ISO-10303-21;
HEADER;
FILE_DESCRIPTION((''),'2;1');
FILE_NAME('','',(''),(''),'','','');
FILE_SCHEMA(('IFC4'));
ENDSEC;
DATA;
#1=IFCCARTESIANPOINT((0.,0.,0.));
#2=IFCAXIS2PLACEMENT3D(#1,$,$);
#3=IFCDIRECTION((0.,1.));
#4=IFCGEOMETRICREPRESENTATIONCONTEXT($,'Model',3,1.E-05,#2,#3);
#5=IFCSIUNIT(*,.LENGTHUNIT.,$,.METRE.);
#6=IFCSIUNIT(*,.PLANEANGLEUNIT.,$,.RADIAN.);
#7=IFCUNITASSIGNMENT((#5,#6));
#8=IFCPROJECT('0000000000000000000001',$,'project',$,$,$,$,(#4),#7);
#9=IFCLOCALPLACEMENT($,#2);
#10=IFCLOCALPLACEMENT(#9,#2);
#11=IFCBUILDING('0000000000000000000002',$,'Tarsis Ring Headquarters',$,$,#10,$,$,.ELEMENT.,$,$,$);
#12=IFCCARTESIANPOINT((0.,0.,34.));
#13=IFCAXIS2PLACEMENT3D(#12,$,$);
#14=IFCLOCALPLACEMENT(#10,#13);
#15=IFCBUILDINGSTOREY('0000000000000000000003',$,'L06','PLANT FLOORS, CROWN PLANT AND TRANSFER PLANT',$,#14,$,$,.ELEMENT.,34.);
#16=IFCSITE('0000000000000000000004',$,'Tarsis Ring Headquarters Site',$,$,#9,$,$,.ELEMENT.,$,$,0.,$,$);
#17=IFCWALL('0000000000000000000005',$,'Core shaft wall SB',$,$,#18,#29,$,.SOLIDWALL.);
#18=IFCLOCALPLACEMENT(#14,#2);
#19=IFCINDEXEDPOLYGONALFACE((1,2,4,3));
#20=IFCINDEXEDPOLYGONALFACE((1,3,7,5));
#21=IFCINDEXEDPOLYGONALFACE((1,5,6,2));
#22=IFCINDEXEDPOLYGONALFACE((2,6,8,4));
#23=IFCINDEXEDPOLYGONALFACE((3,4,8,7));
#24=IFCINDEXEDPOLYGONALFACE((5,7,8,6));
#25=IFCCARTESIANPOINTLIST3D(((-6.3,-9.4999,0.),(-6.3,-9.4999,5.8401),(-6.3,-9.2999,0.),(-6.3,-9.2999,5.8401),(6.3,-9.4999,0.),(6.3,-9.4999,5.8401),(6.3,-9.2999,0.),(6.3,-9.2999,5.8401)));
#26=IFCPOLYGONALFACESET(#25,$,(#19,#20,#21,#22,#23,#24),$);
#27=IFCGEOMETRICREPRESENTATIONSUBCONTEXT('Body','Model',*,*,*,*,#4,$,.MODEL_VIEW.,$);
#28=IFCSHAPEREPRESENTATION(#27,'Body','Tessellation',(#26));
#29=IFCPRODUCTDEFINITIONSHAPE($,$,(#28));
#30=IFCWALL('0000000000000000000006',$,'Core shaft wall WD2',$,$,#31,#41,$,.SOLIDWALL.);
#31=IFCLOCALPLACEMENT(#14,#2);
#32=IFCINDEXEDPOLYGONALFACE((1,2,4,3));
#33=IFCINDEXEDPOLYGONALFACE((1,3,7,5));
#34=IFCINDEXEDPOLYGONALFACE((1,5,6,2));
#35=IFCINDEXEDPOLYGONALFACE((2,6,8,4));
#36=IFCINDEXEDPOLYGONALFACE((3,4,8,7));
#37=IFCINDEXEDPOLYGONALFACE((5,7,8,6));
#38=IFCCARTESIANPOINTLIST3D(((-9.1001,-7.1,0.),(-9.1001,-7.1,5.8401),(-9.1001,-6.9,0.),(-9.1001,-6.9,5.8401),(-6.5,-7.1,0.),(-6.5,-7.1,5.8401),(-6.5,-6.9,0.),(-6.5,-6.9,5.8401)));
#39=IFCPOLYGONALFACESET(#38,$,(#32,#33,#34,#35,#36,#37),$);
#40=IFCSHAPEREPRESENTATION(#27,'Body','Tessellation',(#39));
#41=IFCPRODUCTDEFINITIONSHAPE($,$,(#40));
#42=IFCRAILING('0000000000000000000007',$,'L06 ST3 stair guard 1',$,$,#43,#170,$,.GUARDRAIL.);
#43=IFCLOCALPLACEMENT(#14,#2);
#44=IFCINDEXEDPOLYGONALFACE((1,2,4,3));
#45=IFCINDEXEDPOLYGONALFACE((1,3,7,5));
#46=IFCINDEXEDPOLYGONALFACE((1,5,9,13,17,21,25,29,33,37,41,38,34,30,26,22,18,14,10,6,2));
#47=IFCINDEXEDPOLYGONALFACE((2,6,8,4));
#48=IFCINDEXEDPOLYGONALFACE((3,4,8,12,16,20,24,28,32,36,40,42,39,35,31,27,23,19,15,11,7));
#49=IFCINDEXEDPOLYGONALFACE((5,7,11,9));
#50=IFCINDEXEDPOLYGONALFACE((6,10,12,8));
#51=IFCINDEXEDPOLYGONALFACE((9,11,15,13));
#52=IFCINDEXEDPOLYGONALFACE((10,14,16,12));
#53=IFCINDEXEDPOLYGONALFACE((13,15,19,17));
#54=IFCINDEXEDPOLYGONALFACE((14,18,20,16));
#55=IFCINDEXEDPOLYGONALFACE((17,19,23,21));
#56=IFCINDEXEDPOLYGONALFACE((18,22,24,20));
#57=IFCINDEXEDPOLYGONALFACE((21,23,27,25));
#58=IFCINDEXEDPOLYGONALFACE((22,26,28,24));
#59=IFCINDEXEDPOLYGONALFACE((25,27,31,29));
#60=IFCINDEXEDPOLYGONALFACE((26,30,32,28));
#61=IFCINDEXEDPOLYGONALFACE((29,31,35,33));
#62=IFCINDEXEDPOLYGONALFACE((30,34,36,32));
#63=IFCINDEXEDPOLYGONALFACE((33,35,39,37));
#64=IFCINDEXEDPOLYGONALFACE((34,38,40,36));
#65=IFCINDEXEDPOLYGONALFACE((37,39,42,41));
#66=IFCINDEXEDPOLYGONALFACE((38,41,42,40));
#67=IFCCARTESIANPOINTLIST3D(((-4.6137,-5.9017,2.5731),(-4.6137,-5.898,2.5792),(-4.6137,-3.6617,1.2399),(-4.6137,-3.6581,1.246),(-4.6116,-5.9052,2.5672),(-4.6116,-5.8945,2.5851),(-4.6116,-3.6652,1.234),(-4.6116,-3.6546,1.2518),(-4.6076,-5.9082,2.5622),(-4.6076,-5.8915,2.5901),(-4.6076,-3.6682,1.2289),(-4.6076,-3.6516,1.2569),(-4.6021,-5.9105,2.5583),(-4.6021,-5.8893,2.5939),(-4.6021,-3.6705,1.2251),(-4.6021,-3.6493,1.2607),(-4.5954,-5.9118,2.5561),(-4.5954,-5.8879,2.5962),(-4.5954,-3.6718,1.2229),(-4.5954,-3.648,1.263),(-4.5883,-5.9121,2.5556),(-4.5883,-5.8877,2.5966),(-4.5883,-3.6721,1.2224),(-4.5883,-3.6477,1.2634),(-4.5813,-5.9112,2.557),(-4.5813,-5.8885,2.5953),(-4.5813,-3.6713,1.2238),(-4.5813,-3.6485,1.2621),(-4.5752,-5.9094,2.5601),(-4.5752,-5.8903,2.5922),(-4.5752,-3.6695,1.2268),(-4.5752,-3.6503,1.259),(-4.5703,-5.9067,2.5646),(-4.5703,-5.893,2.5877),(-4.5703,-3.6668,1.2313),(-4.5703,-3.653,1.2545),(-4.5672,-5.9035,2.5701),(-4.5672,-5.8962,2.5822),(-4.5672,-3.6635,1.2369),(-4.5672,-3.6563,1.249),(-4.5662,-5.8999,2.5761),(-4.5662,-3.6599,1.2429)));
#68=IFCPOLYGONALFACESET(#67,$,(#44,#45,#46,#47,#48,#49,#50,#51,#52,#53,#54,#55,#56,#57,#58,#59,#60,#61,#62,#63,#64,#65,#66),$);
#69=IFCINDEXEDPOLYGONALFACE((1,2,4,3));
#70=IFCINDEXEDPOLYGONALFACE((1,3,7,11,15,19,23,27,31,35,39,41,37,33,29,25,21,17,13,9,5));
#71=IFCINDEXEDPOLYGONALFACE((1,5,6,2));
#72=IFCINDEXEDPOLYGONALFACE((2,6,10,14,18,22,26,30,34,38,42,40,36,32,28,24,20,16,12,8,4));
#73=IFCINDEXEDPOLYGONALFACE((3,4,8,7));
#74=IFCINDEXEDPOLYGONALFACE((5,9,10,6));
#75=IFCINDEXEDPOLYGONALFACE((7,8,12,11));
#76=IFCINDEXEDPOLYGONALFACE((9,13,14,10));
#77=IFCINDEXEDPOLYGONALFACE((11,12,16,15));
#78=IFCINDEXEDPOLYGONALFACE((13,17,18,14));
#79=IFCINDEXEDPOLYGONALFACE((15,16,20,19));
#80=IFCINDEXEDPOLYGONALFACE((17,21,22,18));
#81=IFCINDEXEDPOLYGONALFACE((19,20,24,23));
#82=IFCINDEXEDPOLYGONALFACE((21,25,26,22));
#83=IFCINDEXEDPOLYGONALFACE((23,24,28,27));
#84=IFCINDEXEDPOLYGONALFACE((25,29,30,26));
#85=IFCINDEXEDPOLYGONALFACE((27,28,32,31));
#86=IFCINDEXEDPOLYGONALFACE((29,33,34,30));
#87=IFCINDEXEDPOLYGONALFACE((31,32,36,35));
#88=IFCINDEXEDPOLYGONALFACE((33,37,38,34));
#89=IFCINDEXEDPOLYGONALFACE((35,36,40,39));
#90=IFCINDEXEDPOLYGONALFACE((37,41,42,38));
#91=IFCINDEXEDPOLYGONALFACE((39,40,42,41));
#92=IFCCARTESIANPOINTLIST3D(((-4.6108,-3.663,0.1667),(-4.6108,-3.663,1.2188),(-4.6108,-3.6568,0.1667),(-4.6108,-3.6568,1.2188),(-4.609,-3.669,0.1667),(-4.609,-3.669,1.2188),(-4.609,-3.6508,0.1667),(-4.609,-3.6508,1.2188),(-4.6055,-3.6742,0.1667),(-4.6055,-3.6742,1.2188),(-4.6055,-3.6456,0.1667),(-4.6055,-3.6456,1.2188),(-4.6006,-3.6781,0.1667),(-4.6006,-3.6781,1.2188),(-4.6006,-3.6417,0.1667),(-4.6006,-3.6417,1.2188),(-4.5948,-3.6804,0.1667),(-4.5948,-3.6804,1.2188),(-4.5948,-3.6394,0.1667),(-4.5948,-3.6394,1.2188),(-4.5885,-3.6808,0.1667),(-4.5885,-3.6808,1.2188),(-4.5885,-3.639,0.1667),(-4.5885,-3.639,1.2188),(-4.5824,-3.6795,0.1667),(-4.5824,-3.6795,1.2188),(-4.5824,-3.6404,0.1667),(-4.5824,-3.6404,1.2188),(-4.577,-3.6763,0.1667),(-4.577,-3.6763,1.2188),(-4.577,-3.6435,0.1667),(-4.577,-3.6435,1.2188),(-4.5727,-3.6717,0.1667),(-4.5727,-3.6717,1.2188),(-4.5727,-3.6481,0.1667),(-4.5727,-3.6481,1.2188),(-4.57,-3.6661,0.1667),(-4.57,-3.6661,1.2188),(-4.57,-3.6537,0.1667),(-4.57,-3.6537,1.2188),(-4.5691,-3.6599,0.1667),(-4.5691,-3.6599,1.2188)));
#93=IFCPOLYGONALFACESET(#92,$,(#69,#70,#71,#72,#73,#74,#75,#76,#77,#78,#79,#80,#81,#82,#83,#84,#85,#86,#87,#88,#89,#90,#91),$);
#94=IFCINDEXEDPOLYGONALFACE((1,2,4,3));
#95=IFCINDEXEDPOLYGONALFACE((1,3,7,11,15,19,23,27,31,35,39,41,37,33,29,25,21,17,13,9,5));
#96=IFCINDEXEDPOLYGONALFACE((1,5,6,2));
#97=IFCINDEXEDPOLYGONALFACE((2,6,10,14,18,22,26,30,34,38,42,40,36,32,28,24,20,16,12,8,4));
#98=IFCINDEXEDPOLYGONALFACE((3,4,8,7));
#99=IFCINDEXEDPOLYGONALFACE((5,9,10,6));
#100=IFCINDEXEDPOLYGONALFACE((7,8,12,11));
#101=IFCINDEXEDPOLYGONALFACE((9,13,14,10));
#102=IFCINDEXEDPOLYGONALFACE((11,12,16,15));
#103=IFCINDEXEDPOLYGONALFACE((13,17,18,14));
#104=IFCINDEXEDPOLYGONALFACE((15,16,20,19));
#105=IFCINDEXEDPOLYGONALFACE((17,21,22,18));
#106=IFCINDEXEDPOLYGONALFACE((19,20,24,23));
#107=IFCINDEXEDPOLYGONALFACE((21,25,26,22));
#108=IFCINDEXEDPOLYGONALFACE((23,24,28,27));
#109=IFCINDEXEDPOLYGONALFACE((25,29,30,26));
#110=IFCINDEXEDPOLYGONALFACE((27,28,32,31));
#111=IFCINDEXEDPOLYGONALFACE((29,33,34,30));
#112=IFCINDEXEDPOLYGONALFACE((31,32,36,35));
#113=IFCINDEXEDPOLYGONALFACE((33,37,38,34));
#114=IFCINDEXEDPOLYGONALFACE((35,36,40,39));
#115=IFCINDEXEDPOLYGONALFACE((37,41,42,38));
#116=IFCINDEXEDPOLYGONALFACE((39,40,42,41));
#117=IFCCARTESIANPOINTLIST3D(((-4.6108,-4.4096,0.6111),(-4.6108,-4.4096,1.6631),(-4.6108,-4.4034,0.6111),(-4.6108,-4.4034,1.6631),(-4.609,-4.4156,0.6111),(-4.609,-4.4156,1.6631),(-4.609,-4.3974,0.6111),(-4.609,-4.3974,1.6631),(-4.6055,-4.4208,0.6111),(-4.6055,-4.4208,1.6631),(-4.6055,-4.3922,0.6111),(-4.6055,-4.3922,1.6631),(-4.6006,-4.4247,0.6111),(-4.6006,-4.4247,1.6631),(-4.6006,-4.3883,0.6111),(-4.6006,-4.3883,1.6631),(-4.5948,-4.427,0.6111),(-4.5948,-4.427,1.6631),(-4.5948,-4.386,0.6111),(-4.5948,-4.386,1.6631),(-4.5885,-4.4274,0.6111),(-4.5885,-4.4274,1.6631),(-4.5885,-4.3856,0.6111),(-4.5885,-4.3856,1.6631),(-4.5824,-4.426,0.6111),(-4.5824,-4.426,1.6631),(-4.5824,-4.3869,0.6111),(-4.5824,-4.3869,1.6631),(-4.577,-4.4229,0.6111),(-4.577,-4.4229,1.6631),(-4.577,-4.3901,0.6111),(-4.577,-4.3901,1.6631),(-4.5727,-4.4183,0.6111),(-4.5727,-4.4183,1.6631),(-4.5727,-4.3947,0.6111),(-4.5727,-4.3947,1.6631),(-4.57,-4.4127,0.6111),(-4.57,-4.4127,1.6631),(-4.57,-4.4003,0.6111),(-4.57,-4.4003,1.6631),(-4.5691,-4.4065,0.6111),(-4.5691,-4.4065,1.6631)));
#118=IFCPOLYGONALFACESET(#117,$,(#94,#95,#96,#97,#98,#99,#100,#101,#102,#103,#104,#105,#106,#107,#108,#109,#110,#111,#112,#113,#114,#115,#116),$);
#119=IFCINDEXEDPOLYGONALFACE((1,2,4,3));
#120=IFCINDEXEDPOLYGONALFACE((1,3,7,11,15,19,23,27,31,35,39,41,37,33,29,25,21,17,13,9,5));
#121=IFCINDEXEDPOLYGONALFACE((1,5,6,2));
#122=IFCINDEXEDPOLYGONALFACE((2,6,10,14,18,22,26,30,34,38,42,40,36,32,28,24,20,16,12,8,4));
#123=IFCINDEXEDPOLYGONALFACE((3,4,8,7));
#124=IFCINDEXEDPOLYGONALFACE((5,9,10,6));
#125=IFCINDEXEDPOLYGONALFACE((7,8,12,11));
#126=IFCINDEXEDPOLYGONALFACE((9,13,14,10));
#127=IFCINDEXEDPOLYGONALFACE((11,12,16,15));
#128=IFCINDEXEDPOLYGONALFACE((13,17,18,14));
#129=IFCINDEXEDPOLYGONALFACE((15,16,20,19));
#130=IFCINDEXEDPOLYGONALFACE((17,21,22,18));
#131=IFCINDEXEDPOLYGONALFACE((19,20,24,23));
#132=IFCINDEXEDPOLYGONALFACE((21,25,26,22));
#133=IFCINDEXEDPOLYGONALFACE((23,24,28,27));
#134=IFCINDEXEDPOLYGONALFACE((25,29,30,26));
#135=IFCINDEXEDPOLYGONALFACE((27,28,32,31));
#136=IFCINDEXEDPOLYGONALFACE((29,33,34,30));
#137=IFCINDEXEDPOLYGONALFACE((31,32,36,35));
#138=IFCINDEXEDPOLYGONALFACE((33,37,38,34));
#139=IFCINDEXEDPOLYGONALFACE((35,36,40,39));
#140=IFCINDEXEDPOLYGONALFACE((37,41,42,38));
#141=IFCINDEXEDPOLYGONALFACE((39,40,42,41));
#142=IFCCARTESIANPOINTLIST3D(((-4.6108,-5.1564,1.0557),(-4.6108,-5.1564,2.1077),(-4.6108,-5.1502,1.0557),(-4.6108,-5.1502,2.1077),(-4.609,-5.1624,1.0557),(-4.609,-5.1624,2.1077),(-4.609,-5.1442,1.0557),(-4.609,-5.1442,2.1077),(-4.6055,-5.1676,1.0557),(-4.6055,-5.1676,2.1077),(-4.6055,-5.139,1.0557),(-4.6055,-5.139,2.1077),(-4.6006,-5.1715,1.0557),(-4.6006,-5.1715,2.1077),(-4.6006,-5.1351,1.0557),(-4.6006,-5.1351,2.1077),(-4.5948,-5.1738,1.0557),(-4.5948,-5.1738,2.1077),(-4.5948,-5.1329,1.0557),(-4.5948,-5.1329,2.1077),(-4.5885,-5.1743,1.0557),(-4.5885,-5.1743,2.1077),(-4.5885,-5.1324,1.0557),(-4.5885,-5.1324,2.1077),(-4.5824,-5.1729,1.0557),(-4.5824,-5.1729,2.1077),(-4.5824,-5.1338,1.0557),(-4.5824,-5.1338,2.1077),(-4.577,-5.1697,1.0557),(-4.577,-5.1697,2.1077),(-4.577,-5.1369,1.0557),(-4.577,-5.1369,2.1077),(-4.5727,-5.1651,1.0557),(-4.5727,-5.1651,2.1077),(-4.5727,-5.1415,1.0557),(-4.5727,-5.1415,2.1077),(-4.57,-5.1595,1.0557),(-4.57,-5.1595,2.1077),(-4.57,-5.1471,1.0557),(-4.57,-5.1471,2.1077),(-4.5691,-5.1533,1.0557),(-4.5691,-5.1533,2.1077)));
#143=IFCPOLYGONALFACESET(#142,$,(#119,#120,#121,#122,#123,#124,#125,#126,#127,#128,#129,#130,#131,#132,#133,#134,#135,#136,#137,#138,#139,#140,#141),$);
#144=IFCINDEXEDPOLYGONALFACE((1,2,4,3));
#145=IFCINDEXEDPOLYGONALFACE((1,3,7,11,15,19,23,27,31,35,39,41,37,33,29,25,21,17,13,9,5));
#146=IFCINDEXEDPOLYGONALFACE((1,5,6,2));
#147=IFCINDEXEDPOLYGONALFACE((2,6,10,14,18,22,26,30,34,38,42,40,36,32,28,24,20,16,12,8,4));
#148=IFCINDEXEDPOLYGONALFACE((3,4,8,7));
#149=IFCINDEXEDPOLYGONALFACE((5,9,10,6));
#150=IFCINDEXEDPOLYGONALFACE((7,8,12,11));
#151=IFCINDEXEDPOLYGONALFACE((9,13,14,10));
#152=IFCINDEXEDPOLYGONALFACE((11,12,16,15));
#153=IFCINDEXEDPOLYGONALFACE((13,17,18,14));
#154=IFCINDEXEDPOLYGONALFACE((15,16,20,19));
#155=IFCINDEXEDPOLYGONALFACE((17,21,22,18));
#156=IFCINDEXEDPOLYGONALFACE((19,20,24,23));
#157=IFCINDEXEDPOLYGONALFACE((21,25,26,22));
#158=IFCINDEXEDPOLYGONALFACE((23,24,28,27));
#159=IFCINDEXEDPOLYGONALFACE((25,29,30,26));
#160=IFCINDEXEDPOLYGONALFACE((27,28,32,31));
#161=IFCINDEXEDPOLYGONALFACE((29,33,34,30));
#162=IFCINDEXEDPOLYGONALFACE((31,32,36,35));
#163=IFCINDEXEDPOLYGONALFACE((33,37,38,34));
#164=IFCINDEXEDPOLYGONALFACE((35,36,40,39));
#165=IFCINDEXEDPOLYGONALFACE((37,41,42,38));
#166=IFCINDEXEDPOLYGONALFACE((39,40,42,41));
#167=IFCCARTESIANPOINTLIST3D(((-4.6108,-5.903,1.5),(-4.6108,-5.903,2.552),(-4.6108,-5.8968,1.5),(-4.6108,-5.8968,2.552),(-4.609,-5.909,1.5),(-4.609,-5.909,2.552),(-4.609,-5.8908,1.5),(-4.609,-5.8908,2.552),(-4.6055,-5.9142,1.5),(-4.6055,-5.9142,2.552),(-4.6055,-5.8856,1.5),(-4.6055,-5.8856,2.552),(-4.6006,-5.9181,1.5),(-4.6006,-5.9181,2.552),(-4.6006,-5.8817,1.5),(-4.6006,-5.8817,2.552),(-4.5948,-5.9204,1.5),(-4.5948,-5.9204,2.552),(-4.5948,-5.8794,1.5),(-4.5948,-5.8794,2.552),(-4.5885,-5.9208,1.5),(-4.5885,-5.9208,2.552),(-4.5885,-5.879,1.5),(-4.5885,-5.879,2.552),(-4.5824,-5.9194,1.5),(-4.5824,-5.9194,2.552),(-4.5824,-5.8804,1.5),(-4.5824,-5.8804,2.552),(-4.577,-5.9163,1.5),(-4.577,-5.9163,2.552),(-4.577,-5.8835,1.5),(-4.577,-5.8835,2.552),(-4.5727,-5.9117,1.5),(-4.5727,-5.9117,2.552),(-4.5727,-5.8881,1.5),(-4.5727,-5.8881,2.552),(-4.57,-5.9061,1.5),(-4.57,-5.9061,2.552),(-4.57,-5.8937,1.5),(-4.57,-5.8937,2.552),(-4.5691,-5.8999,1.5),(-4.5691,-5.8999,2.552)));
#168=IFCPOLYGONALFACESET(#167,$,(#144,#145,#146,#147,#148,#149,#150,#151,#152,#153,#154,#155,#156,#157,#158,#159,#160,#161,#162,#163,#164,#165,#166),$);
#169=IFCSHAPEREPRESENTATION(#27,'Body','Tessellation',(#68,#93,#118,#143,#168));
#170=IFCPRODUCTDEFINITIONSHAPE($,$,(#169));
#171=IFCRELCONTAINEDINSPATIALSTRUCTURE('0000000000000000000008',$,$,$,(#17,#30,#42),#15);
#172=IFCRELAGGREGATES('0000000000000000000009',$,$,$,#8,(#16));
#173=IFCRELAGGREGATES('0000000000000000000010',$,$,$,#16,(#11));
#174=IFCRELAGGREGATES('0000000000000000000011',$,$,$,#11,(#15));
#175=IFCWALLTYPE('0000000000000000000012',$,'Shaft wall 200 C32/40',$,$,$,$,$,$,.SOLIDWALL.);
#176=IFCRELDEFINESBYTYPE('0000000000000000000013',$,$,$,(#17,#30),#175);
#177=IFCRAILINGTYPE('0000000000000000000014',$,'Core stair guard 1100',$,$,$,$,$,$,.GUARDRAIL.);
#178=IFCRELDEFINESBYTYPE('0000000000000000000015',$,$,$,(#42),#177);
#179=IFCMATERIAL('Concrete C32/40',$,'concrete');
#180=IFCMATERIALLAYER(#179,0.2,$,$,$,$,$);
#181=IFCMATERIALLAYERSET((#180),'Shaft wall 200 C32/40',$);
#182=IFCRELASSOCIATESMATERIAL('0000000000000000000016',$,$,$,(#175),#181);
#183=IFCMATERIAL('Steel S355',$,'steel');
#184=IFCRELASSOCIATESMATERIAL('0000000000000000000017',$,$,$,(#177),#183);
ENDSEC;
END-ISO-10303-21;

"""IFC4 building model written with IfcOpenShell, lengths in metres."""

from ifc_helpers import new_model, si_unit, direction, frame, frame_2d, origin, origin_2d, place, context, subcontext, project, spatial, rectangle, circle, extrude, material, layer, layer_set, type_object, element, save


model = new_model("IFC4")

# Units and contexts
model_context = context("Model", 3, precision=1e-05, world=origin(), true_north=direction((0.0, 1.0)))
body_context = subcontext(model_context, "Body", "Model", "MODEL_VIEW")
ifc_project = project(units=[si_unit("LENGTHUNIT", "METRE"), si_unit("PLANEANGLEUNIT", "RADIAN")], contexts=[model_context])

# Site, building, storey
site_placement = place(None, origin())
site = spatial("IfcSite", under=ifc_project, at=site_placement, Name="Tarsis Ring Headquarters Site", CompositionType="ELEMENT", RefElevation=0.0)
building_placement = place(site_placement, origin())
building = spatial("IfcBuilding", under=site, at=building_placement, Name="Tarsis Ring Headquarters", CompositionType="ELEMENT")
storey_placement = place(building_placement, frame((0.0, 0.0, 34.0)))
storey = spatial("IfcBuildingStorey", under=building, at=storey_placement, Name="L06", Description="PLANT FLOORS, CROWN PLANT AND TRANSFER PLANT", CompositionType="ELEMENT", Elevation=34.0)

# Shared definitions
ifc_material_1 = material(Name="Concrete C32/40", Category="concrete")
ifc_layer = layer(ifc_material_1, 0.2)
ifc_layer_set = layer_set([ifc_layer], Name="Shaft wall 200 C32/40")
wall_type = type_object("IfcWallType", Name="Shaft wall 200 C32/40", PredefinedType="SOLIDWALL", material=ifc_layer_set)
ifc_material_2 = material(Name="Steel S355", Category="steel")

# Walls
wall_1_placement = place(storey_placement, frame((-6.3, -9.3999, 0.0), z_axis=(0.0, 0.0, 1.0), x_axis=(1.0, 0.0, 0.0)))
element("IfcWall", 1, at=wall_1_placement, inside=storey, type_object=wall_type, Name="Core shaft wall SB", PredefinedType="SOLIDWALL", context=body_context, shape_type="SweptSolid", body=[
    extrude(rectangle(XDim=12.6001, YDim=0.2, at=frame_2d((6.3, 0.0))), origin(), (0.0, 0.0, 1.0), 5.8401),
])
wall_2_placement = place(storey_placement, frame((-9.1001, -7.0, 0.0), z_axis=(0.0, 0.0, 1.0), x_axis=(1.0, 0.0, 0.0)))
element("IfcWall", 2, at=wall_2_placement, inside=storey, type_object=wall_type, Name="Core shaft wall WD2", PredefinedType="SOLIDWALL", context=body_context, shape_type="SweptSolid", body=[
    extrude(rectangle(XDim=2.6001, YDim=0.2, at=frame_2d((1.3, 0.0))), origin(), (0.0, 0.0, 1.0), 5.8401),
])

# Railing
railing_type_1 = type_object("IfcRailingType", Name="Core stair guard 1100", PredefinedType="GUARDRAIL", material=ifc_material_2)
railing_1_placement = place(storey_placement, frame((-4.5901, -3.6599, 0.1667)))
element("IfcRailing", 3, at=railing_1_placement, inside=storey, type_object=railing_type_1, Name="L06 ST3 stair guard 1", PredefinedType="GUARDRAIL", context=body_context, shape_type="SweptSolid", body=[
    extrude(circle(Radius=0.0239, at=origin_2d()), frame((0.0, 0.0, 1.0762), z_axis=(0.0, -0.859306, 0.511462), x_axis=(1.0, 0.0, 0.0)), (0.0, 0.0, 1.0), 2.6067),
    extrude(circle(Radius=0.021, at=origin_2d()), origin(), (0.0, 0.0, 1.0), 1.052),
    extrude(circle(Radius=0.021, at=origin_2d()), frame((0.0, -0.7466, 0.4443)), (0.0, 0.0, 1.0), 1.052),
    extrude(circle(Radius=0.021, at=origin_2d()), frame((0.0, -1.4934, 0.8889)), (0.0, 0.0, 1.0), 1.052),
    extrude(circle(Radius=0.021, at=origin_2d()), frame((0.0, -2.24, 1.3333)), (0.0, 0.0, 1.0), 1.052),
])

save(model, "model.ifc")
